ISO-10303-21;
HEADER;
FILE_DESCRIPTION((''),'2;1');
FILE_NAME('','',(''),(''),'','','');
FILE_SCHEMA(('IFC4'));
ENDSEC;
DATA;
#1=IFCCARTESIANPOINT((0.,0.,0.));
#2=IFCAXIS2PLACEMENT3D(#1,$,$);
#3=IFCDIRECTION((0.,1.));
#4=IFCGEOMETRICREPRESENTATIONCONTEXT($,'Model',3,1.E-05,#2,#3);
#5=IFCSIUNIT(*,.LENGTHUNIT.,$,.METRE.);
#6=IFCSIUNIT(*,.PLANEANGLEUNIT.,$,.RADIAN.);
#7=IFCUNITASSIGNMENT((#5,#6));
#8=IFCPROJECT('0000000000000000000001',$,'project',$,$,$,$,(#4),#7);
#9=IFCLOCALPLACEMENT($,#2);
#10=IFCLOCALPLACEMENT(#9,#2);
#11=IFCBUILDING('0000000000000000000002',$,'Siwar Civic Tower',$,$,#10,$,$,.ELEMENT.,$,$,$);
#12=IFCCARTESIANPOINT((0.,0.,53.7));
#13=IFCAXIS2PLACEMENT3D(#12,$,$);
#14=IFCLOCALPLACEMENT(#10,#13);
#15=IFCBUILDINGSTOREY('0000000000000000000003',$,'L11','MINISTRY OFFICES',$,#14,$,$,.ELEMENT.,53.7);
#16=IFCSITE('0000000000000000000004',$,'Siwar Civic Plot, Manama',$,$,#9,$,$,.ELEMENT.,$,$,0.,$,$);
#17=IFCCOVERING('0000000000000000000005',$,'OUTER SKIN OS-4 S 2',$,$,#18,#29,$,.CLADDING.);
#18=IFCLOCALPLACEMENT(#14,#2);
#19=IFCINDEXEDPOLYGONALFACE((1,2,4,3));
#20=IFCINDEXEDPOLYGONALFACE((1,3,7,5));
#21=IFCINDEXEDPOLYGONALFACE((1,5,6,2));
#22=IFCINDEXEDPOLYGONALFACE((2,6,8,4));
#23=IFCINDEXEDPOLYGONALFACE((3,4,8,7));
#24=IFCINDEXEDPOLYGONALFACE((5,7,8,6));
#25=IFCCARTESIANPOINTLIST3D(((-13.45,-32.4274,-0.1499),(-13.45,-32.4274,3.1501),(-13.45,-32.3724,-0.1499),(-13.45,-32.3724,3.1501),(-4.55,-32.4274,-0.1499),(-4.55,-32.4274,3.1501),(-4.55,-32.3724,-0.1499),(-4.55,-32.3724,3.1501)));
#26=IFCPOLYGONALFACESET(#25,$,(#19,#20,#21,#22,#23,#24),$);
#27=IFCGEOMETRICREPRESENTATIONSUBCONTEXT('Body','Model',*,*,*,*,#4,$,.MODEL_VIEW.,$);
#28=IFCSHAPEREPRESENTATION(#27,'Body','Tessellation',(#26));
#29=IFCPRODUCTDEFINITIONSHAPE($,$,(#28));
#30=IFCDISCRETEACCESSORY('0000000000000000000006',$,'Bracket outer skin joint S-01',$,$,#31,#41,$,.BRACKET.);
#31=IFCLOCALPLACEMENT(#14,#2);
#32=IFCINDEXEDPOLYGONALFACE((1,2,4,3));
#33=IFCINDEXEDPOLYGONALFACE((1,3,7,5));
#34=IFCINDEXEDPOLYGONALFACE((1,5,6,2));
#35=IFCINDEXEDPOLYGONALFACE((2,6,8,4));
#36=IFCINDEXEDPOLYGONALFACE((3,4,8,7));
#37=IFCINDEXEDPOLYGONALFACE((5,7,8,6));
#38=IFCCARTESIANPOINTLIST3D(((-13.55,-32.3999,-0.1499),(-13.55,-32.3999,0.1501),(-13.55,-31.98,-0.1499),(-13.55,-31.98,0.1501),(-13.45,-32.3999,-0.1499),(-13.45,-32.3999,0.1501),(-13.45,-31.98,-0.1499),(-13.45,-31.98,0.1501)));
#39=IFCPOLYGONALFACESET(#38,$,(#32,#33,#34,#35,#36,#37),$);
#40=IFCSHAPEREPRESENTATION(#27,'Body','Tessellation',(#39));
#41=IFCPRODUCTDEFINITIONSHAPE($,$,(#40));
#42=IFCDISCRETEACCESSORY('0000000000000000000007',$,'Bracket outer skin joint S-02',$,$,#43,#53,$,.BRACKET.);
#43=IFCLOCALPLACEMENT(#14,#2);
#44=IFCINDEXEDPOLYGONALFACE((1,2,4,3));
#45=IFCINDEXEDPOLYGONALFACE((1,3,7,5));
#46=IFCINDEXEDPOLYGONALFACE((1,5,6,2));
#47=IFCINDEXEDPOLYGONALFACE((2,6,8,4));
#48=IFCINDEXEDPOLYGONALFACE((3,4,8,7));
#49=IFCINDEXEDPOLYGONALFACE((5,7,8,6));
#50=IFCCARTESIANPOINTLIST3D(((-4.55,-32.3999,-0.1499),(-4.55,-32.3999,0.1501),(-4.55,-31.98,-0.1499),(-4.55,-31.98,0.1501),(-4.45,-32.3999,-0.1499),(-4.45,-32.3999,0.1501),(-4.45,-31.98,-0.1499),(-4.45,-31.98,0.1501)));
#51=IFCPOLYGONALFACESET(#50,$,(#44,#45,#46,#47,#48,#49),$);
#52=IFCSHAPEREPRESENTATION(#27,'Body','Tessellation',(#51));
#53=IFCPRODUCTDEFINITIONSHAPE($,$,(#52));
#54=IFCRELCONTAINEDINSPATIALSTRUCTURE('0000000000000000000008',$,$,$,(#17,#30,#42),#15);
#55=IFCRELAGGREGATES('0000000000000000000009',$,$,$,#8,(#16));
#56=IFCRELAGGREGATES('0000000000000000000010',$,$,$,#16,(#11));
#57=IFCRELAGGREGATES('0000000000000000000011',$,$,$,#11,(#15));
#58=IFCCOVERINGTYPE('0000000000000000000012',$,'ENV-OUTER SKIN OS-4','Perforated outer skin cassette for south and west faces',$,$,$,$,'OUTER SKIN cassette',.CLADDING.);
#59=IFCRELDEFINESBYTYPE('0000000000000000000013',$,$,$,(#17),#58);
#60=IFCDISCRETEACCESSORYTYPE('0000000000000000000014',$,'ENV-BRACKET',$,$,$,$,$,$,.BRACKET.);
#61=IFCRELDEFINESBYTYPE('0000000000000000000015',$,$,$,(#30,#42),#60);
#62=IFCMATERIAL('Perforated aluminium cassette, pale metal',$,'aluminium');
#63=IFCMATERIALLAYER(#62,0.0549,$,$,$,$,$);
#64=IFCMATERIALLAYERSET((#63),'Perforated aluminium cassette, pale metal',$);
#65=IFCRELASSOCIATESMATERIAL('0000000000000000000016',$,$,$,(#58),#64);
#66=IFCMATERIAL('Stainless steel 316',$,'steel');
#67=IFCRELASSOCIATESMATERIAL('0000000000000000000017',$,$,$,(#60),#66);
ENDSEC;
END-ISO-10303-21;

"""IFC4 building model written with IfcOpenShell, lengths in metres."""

from ifc_helpers import new_model, si_unit, direction, frame, origin, origin_2d, place, context, subcontext, project, spatial, rectangle, extrude, material, layer, layer_set, type_object, element, save


model = new_model("IFC4")

# Units and contexts
model_context = context("Model", 3, precision=1e-05, world=origin(), true_north=direction((0.0, 1.0)))
body_context = subcontext(model_context, "Body", "Model", "MODEL_VIEW")
ifc_project = project(units=[si_unit("LENGTHUNIT", "METRE"), si_unit("PLANEANGLEUNIT", "RADIAN")], contexts=[model_context])

# Site, building, storey
site_placement = place(None, origin())
site = spatial("IfcSite", under=ifc_project, at=site_placement, Name="Siwar Civic Plot, Manama", CompositionType="ELEMENT", RefElevation=0.0)
building_placement = place(site_placement, origin())
building = spatial("IfcBuilding", under=site, at=building_placement, Name="Siwar Civic Tower", CompositionType="ELEMENT")
storey_placement = place(building_placement, frame((0.0, 0.0, 53.7)))
storey = spatial("IfcBuildingStorey", under=building, at=storey_placement, Name="L11", Description="MINISTRY OFFICES", CompositionType="ELEMENT", Elevation=53.7)

# Covering
ifc_material_1 = material(Name="Perforated aluminium cassette, pale metal", Category="aluminium")
ifc_layer_1 = layer(ifc_material_1, 0.0549)
ifc_layer_set_1 = layer_set([ifc_layer_1], Name="Perforated aluminium cassette, pale metal")
covering_type = type_object("IfcCoveringType", Name="ENV-OUTER SKIN OS-4", Description="Perforated outer skin cassette for south and west faces", ElementType="OUTER SKIN cassette", PredefinedType="CLADDING", material=ifc_layer_set_1)
covering_1_placement = place(storey_placement, frame((-9.0, -32.3999, -0.1499), z_axis=(0.0, 0.0, 1.0), x_axis=(1.0, 0.0, 0.0)))
element("IfcCovering", 1, at=covering_1_placement, inside=storey, type_object=covering_type, Name="OUTER SKIN OS-4 S 2", PredefinedType="CLADDING", context=body_context, shape_type="SweptSolid", body=[
    extrude(rectangle(XDim=8.8999, YDim=0.0549, at=origin_2d()), origin(), (0.0, 0.0, 1.0), 3.3),
])

# Discrete accessories
ifc_material_2 = material(Name="Stainless steel 316", Category="steel")
discrete_accessory_type = type_object("IfcDiscreteAccessoryType", Name="ENV-BRACKET", PredefinedType="BRACKET", material=ifc_material_2)
for number, where, z_axis, x_axis, name in (
    (2, (-13.5, -32.1899, -0.1499), (0.0, 0.0, 1.0), (0.0, -1.0, 0.0), "Bracket outer skin joint S-01"),
    (3, (-4.5, -32.1899, -0.1499), (0.0, 0.0, 1.0), (0.0, -1.0, 0.0), "Bracket outer skin joint S-02"),
):
    element("IfcDiscreteAccessory", number, at=place(storey_placement, frame(where, z_axis=z_axis, x_axis=x_axis)), inside=storey, type_object=discrete_accessory_type, Name=name, PredefinedType="BRACKET", context=body_context, shape_type="SweptSolid", body=[
        extrude(rectangle(XDim=0.4199, YDim=0.1001, at=origin_2d()), origin(), (0.0, 0.0, 1.0), 0.3),
    ])

save(model, "model.ifc")
